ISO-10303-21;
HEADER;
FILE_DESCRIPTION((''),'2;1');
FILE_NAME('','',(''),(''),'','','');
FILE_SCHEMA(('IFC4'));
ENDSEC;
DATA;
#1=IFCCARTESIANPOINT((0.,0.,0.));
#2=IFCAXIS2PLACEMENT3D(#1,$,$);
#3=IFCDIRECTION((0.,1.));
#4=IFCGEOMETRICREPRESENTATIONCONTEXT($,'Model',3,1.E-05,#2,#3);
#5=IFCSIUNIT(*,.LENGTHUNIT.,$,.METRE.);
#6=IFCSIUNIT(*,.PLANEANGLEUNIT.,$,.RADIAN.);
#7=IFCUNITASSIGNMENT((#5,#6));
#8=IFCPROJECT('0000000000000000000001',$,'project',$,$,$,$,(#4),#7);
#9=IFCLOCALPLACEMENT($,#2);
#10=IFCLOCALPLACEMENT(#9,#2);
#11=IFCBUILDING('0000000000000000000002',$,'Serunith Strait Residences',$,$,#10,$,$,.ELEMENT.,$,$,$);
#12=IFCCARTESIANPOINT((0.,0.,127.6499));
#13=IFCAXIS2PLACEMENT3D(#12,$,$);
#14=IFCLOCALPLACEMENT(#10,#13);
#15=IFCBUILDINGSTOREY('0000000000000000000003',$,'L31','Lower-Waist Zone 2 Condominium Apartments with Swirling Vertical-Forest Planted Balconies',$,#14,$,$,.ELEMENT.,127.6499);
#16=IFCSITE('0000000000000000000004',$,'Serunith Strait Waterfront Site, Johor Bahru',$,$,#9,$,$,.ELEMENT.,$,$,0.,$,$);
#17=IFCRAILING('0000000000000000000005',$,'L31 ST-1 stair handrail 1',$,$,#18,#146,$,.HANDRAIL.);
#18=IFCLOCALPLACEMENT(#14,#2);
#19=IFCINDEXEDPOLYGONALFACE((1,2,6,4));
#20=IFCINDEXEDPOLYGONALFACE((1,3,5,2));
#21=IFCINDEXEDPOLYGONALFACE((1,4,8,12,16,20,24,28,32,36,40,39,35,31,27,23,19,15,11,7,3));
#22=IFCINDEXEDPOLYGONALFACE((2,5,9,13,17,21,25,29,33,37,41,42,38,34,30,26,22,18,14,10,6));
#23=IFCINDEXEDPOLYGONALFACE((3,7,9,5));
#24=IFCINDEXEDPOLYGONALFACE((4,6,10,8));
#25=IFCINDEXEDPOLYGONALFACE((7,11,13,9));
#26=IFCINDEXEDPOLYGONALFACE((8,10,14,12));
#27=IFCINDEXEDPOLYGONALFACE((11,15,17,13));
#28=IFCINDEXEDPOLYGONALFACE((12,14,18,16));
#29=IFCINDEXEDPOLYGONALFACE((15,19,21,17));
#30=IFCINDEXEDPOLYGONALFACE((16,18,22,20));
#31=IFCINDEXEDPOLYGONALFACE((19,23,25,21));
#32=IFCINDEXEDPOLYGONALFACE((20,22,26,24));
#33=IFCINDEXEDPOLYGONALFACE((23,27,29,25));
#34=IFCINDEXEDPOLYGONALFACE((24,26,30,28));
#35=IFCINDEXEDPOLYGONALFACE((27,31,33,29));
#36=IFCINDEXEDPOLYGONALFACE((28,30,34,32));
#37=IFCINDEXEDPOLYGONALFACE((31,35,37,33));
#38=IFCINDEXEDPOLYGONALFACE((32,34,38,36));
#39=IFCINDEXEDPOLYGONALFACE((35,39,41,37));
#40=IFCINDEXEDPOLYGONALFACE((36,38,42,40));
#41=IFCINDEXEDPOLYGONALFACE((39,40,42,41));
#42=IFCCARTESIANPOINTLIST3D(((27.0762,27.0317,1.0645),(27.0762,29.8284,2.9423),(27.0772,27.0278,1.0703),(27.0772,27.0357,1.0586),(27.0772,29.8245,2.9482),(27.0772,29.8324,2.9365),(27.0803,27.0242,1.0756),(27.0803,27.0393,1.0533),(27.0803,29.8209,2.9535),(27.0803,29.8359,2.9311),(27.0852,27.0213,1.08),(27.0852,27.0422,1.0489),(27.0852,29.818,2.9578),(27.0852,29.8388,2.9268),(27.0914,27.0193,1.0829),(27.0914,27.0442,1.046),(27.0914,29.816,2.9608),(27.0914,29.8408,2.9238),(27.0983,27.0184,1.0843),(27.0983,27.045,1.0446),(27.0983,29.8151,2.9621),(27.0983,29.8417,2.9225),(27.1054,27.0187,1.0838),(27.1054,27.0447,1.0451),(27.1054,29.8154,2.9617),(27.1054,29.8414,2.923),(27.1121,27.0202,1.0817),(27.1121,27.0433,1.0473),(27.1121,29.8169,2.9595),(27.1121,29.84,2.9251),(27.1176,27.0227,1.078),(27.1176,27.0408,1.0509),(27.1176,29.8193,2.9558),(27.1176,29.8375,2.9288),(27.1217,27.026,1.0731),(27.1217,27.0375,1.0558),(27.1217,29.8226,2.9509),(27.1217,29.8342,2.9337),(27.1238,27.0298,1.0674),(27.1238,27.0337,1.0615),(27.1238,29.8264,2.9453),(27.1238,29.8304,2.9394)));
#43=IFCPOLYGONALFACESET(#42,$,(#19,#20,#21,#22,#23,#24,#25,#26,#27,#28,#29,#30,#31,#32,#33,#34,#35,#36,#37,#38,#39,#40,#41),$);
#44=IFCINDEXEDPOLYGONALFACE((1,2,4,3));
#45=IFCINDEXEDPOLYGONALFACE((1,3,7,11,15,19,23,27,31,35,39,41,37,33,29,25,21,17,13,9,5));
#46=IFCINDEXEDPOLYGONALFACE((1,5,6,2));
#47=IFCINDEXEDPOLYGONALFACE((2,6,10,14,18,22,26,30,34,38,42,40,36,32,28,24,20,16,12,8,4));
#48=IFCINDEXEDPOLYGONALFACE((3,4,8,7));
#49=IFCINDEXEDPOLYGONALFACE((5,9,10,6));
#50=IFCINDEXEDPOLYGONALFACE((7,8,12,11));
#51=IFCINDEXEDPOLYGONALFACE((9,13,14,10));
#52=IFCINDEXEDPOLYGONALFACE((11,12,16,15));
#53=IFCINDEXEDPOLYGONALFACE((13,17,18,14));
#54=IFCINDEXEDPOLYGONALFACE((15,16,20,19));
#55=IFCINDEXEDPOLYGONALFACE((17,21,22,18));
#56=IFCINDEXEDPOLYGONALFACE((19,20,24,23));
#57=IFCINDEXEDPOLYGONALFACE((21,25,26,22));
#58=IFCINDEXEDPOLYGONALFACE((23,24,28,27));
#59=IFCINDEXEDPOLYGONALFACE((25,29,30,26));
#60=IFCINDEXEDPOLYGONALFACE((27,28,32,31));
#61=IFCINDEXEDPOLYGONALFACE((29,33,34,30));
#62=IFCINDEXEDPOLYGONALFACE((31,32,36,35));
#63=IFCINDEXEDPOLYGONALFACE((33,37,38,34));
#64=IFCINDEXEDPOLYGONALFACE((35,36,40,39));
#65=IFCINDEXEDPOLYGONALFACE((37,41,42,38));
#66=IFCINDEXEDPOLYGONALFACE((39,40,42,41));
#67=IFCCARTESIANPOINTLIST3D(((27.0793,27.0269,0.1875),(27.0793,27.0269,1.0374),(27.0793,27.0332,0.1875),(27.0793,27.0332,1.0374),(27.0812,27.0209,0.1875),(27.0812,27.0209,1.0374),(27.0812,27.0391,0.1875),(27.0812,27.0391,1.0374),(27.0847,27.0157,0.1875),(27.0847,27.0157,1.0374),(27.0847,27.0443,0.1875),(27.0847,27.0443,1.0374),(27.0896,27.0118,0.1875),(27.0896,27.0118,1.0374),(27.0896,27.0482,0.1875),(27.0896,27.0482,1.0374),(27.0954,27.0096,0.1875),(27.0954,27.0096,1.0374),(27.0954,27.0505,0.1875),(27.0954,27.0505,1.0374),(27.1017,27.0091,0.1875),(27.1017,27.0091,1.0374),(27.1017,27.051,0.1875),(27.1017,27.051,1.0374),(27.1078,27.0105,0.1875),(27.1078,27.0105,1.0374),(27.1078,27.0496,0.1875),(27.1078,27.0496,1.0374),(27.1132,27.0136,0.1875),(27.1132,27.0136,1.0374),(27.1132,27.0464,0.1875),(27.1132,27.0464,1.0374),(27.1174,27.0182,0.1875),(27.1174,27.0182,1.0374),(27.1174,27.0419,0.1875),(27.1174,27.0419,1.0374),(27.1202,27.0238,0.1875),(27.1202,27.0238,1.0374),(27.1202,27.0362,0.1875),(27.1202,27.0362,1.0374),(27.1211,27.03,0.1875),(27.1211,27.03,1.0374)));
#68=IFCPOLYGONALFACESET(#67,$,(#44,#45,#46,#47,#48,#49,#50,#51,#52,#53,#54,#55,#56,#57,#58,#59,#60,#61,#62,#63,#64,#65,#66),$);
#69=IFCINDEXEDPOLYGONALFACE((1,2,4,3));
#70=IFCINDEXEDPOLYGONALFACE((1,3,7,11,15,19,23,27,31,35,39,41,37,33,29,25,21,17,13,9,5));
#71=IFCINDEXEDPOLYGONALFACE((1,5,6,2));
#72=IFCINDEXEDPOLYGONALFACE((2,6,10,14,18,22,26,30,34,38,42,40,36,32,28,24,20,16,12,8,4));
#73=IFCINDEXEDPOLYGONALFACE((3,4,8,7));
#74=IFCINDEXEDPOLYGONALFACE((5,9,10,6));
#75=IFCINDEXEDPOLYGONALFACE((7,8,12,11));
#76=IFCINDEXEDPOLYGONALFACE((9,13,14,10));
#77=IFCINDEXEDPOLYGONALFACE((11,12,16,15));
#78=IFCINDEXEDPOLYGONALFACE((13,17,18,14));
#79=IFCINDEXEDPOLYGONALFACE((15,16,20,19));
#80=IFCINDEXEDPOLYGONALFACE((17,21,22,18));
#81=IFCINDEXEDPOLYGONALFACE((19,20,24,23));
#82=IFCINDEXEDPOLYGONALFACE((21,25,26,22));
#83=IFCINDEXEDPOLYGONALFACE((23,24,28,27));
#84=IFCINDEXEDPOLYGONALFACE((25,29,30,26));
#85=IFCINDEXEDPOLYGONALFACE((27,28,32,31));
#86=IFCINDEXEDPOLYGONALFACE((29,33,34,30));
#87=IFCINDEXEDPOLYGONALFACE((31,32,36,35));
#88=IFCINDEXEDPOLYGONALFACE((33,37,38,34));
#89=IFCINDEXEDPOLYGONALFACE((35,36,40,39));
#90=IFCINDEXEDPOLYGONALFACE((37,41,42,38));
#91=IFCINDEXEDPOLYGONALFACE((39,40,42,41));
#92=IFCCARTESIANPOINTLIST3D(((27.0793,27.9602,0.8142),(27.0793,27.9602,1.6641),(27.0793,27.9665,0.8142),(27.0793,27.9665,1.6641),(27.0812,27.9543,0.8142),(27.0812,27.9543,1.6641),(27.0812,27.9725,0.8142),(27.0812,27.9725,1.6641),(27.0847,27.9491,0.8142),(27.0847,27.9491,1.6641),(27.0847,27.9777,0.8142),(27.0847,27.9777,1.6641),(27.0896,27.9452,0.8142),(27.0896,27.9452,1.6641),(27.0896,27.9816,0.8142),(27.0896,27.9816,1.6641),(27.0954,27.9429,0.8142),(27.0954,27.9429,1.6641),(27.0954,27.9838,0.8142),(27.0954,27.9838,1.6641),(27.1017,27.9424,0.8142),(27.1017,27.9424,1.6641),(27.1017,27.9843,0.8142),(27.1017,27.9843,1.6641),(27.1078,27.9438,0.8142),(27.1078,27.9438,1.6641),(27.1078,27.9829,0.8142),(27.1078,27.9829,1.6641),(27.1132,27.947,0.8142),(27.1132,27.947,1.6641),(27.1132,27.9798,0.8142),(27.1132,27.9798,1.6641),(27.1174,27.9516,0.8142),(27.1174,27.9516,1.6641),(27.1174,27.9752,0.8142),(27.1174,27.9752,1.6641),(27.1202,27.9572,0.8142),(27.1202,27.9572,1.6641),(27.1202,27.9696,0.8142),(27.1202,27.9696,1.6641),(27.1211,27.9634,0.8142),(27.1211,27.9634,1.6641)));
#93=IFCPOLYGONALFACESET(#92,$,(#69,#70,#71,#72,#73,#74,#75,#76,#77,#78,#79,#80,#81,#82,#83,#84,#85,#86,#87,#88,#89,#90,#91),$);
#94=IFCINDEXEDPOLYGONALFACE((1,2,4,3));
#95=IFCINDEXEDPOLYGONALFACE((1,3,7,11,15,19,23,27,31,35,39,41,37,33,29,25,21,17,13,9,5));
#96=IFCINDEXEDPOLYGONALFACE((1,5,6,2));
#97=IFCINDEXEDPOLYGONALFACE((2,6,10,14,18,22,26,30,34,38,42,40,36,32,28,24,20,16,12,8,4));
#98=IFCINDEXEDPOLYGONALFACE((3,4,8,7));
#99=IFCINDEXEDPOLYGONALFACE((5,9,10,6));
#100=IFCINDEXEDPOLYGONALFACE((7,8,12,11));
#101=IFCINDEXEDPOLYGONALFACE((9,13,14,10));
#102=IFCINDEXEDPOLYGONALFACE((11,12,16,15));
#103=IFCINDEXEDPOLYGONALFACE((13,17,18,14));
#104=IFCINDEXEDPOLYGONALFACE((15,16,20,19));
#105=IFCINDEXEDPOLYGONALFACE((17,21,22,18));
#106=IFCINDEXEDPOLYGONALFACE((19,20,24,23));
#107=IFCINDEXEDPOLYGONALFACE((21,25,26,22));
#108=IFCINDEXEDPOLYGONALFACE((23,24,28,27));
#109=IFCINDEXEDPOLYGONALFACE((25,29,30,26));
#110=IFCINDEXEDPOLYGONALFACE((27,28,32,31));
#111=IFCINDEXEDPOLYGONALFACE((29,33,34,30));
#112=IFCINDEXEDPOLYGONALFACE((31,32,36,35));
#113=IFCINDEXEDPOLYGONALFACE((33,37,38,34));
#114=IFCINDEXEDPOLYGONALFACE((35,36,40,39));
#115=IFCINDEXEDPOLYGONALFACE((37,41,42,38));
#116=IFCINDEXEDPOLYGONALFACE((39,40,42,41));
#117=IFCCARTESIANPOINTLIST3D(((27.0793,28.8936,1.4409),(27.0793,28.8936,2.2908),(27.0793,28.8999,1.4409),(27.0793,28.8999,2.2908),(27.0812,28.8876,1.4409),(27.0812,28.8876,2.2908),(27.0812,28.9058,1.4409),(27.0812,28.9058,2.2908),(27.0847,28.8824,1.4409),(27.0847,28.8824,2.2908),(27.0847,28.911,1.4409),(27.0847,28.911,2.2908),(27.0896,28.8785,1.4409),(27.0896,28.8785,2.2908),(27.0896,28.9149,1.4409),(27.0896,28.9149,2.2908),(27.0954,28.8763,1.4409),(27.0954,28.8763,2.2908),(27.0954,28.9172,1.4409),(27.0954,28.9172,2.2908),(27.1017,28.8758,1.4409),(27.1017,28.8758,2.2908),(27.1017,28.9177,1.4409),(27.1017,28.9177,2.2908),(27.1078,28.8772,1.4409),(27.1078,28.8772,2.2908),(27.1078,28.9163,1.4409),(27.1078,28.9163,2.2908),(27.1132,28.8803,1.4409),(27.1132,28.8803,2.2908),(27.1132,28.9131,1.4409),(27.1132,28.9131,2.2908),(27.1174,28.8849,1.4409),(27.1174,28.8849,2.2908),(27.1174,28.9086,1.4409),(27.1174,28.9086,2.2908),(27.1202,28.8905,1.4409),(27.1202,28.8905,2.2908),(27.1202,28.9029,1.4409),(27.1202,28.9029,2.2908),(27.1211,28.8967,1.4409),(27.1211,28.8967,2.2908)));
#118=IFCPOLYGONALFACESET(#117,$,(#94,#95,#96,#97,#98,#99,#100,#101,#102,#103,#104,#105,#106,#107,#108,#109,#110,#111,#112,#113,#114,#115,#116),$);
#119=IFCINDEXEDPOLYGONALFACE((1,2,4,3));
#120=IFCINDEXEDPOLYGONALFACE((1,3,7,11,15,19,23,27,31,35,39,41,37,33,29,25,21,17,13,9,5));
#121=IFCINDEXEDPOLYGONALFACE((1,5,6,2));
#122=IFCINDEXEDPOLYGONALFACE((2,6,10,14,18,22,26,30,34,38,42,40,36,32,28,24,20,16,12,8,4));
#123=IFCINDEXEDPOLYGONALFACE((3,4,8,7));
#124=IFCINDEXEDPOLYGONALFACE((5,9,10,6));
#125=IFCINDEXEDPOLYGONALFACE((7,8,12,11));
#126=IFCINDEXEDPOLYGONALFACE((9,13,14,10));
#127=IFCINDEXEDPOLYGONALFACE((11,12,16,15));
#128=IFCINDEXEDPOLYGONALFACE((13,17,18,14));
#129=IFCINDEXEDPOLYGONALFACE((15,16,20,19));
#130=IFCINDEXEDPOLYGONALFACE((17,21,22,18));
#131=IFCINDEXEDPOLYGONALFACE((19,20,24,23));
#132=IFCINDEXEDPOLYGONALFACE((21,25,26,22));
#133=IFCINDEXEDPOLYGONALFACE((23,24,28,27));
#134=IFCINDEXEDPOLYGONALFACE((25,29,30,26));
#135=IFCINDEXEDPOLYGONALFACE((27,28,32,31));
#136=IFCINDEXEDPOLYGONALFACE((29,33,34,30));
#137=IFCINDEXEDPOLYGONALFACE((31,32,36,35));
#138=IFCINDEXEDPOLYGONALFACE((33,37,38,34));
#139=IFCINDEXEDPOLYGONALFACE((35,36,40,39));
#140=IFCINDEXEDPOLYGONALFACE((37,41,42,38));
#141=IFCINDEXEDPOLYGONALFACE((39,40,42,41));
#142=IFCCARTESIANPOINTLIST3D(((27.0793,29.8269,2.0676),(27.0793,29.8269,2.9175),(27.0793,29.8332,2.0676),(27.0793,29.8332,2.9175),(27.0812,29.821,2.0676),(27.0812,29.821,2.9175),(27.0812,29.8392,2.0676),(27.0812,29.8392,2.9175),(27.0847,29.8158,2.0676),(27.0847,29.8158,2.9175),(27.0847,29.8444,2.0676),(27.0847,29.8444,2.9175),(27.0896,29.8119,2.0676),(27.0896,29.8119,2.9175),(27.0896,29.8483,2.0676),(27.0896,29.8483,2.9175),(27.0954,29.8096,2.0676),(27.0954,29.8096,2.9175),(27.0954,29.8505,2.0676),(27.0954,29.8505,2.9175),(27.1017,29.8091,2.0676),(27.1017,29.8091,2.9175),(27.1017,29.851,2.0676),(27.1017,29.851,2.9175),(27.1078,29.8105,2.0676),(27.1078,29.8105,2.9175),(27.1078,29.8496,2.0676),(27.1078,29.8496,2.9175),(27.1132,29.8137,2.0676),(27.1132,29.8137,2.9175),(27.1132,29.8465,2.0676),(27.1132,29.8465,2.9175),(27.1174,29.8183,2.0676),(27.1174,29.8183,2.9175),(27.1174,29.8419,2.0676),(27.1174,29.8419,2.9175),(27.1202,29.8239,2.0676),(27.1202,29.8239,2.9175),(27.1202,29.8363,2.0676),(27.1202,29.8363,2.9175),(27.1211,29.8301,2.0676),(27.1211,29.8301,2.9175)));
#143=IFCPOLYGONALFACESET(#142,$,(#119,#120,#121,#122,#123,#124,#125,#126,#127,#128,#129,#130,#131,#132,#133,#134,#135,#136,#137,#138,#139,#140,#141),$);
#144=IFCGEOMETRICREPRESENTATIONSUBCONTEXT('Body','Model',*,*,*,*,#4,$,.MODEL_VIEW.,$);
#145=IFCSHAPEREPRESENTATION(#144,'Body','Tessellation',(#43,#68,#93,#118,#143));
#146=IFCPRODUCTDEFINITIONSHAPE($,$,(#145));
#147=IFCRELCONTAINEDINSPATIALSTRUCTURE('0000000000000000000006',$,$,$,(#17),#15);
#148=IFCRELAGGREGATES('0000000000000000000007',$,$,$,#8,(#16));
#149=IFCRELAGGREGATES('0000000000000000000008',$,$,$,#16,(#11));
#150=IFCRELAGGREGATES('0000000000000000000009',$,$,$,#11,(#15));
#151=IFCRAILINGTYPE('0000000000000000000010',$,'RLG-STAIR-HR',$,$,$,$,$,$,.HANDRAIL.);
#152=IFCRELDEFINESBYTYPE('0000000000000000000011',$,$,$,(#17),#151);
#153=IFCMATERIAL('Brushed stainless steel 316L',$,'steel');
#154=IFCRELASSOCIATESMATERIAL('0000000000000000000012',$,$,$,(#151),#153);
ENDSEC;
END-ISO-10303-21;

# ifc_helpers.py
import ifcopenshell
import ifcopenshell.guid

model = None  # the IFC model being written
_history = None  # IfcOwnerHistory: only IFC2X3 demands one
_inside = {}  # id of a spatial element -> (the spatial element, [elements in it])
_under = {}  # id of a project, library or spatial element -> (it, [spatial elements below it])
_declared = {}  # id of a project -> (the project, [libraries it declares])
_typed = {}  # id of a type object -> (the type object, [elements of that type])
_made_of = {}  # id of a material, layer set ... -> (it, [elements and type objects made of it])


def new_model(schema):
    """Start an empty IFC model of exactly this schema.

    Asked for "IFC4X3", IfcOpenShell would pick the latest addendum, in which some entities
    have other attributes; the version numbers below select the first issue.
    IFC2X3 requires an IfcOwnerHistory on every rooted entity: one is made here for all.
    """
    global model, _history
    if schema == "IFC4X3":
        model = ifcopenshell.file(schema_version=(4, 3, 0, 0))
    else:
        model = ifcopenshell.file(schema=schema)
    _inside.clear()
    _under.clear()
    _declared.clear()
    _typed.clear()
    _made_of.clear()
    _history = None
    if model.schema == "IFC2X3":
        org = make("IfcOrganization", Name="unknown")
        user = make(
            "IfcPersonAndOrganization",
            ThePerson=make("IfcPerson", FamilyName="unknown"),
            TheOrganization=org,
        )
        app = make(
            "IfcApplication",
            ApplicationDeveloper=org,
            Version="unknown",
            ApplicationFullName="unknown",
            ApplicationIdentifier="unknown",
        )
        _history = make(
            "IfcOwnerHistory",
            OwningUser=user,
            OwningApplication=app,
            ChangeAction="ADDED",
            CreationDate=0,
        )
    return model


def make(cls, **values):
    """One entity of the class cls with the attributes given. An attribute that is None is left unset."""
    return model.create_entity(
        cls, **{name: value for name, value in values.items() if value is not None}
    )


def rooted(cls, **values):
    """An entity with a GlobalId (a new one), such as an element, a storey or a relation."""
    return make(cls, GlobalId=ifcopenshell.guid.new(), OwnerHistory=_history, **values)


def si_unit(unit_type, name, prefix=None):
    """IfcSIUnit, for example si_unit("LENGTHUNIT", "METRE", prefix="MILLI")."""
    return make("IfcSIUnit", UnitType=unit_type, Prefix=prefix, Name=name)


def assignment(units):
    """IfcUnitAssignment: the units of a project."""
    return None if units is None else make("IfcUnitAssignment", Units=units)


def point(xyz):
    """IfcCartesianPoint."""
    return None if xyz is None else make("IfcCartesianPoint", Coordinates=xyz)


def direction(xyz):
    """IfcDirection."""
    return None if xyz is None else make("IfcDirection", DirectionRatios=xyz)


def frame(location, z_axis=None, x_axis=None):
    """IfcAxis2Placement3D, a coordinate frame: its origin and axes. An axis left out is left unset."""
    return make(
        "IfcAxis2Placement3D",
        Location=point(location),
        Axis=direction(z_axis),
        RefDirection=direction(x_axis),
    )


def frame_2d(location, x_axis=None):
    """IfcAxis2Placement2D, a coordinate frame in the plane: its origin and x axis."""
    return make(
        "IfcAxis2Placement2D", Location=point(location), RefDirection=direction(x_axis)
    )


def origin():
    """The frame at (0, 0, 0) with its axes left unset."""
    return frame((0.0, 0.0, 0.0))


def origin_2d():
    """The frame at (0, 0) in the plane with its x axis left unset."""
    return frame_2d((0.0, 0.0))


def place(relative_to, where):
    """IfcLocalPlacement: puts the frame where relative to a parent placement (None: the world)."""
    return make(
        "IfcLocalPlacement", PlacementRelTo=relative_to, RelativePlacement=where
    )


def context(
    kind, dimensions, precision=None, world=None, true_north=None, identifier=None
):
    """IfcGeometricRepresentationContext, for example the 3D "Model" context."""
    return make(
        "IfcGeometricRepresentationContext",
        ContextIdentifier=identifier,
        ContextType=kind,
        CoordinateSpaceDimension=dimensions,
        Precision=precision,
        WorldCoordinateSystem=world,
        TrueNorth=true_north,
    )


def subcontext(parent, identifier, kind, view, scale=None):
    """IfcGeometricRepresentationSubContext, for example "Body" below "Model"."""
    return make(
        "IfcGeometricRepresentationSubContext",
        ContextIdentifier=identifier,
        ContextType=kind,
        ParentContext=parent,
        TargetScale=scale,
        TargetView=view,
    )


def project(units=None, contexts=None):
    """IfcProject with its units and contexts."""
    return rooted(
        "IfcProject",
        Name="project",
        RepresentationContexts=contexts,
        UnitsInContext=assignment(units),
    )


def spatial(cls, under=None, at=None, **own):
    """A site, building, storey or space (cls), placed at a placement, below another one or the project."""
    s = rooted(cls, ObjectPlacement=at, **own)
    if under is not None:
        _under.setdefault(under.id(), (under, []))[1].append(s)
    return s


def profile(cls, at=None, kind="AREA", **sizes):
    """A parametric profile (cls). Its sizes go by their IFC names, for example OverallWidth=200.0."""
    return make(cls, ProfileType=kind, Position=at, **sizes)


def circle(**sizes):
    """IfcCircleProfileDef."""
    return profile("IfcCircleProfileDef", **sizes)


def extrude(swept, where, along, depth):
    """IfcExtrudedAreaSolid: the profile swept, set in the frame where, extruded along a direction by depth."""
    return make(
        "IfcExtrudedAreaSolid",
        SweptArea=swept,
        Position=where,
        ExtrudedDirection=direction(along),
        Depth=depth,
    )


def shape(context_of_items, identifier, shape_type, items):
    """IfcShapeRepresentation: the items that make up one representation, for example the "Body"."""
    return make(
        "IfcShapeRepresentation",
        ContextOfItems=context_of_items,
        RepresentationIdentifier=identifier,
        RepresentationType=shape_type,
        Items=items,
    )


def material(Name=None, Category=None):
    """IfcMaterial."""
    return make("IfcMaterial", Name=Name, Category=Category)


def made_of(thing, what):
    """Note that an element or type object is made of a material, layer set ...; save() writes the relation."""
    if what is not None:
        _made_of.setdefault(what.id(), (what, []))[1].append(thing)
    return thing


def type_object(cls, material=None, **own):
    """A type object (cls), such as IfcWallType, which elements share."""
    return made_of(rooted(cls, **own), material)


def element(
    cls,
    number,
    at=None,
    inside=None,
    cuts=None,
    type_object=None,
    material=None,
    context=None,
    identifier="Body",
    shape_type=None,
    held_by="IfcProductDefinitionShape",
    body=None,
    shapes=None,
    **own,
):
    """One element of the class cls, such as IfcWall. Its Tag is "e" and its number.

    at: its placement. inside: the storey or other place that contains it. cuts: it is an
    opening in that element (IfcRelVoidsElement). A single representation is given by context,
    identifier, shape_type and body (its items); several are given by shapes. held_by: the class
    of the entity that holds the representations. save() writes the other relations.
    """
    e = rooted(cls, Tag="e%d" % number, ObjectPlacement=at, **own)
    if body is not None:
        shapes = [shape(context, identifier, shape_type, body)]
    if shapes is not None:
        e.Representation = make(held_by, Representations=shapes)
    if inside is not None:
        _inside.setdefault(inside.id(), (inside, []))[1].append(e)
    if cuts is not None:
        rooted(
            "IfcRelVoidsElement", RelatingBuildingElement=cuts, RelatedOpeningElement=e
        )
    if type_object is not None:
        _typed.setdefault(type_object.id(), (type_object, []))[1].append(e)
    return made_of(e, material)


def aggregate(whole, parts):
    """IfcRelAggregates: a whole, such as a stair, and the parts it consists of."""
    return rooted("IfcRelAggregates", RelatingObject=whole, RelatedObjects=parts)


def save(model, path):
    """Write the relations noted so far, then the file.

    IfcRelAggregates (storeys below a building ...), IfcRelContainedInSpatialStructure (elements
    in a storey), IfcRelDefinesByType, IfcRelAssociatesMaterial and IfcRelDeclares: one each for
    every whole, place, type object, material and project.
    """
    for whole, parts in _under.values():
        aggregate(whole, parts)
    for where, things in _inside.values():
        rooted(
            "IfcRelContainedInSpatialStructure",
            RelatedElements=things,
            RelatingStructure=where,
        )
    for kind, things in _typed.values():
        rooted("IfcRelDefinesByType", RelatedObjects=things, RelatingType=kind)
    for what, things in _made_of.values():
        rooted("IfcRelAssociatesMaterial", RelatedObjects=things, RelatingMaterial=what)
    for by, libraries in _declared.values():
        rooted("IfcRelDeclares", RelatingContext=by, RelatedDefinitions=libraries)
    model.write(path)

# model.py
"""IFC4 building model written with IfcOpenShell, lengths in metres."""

from ifc_helpers import new_model, si_unit, direction, frame, origin, origin_2d, place, context, subcontext, project, spatial, circle, extrude, material, type_object, element, save


model = new_model("IFC4")

# Units and contexts
model_context = context("Model", 3, precision=1e-05, world=origin(), true_north=direction((0.0, 1.0)))
body_context = subcontext(model_context, "Body", "Model", "MODEL_VIEW")
ifc_project = project(units=[si_unit("LENGTHUNIT", "METRE"), si_unit("PLANEANGLEUNIT", "RADIAN")], contexts=[model_context])

# Site, building, storey
site_placement = place(None, origin())
site = spatial("IfcSite", under=ifc_project, at=site_placement, Name="Serunith Strait Waterfront Site, Johor Bahru", CompositionType="ELEMENT", RefElevation=0.0)
building_placement = place(site_placement, origin())
building = spatial("IfcBuilding", under=site, at=building_placement, Name="Serunith Strait Residences", CompositionType="ELEMENT")
storey_placement = place(building_placement, frame((0.0, 0.0, 127.6499)))
storey = spatial("IfcBuildingStorey", under=building, at=storey_placement, Name="L31", Description="Lower-Waist Zone 2 Condominium Apartments with Swirling Vertical-Forest Planted Balconies", CompositionType="ELEMENT", Elevation=127.6499)

# Railing
ifc_material_1 = material(Name="Brushed stainless steel 316L", Category="steel")
railing_type_1 = type_object("IfcRailingType", Name="RLG-STAIR-HR", PredefinedType="HANDRAIL", material=ifc_material_1)
railing_1_placement = place(storey_placement, frame((27.1001, 27.03, 0.1875)))
element("IfcRailing", 1, at=railing_1_placement, inside=storey, type_object=railing_type_1, Name="L31 ST-1 stair handrail 1", PredefinedType="HANDRAIL", context=body_context, shape_type="SweptSolid", body=[
    extrude(circle(Radius=0.0239, at=origin_2d()), frame((0.0, 0.0017, 0.877), z_axis=(0.0, 0.830208, 0.557453), x_axis=(-1.0, 0.0, 0.0)), (0.0, 0.0, 1.0), 3.3687),
    extrude(circle(Radius=0.021, at=origin_2d()), origin(), (0.0, 0.0, 1.0), 0.8499),
    extrude(circle(Radius=0.021, at=origin_2d()), frame((0.0, 0.9333, 0.6267)), (0.0, 0.0, 1.0), 0.8499),
    extrude(circle(Radius=0.021, at=origin_2d()), frame((0.0, 1.8667, 1.2534)), (0.0, 0.0, 1.0), 0.8499),
    extrude(circle(Radius=0.021, at=origin_2d()), frame((0.0, 2.8, 1.8801)), (0.0, 0.0, 1.0), 0.8499),
])

save(model, "model.ifc")
